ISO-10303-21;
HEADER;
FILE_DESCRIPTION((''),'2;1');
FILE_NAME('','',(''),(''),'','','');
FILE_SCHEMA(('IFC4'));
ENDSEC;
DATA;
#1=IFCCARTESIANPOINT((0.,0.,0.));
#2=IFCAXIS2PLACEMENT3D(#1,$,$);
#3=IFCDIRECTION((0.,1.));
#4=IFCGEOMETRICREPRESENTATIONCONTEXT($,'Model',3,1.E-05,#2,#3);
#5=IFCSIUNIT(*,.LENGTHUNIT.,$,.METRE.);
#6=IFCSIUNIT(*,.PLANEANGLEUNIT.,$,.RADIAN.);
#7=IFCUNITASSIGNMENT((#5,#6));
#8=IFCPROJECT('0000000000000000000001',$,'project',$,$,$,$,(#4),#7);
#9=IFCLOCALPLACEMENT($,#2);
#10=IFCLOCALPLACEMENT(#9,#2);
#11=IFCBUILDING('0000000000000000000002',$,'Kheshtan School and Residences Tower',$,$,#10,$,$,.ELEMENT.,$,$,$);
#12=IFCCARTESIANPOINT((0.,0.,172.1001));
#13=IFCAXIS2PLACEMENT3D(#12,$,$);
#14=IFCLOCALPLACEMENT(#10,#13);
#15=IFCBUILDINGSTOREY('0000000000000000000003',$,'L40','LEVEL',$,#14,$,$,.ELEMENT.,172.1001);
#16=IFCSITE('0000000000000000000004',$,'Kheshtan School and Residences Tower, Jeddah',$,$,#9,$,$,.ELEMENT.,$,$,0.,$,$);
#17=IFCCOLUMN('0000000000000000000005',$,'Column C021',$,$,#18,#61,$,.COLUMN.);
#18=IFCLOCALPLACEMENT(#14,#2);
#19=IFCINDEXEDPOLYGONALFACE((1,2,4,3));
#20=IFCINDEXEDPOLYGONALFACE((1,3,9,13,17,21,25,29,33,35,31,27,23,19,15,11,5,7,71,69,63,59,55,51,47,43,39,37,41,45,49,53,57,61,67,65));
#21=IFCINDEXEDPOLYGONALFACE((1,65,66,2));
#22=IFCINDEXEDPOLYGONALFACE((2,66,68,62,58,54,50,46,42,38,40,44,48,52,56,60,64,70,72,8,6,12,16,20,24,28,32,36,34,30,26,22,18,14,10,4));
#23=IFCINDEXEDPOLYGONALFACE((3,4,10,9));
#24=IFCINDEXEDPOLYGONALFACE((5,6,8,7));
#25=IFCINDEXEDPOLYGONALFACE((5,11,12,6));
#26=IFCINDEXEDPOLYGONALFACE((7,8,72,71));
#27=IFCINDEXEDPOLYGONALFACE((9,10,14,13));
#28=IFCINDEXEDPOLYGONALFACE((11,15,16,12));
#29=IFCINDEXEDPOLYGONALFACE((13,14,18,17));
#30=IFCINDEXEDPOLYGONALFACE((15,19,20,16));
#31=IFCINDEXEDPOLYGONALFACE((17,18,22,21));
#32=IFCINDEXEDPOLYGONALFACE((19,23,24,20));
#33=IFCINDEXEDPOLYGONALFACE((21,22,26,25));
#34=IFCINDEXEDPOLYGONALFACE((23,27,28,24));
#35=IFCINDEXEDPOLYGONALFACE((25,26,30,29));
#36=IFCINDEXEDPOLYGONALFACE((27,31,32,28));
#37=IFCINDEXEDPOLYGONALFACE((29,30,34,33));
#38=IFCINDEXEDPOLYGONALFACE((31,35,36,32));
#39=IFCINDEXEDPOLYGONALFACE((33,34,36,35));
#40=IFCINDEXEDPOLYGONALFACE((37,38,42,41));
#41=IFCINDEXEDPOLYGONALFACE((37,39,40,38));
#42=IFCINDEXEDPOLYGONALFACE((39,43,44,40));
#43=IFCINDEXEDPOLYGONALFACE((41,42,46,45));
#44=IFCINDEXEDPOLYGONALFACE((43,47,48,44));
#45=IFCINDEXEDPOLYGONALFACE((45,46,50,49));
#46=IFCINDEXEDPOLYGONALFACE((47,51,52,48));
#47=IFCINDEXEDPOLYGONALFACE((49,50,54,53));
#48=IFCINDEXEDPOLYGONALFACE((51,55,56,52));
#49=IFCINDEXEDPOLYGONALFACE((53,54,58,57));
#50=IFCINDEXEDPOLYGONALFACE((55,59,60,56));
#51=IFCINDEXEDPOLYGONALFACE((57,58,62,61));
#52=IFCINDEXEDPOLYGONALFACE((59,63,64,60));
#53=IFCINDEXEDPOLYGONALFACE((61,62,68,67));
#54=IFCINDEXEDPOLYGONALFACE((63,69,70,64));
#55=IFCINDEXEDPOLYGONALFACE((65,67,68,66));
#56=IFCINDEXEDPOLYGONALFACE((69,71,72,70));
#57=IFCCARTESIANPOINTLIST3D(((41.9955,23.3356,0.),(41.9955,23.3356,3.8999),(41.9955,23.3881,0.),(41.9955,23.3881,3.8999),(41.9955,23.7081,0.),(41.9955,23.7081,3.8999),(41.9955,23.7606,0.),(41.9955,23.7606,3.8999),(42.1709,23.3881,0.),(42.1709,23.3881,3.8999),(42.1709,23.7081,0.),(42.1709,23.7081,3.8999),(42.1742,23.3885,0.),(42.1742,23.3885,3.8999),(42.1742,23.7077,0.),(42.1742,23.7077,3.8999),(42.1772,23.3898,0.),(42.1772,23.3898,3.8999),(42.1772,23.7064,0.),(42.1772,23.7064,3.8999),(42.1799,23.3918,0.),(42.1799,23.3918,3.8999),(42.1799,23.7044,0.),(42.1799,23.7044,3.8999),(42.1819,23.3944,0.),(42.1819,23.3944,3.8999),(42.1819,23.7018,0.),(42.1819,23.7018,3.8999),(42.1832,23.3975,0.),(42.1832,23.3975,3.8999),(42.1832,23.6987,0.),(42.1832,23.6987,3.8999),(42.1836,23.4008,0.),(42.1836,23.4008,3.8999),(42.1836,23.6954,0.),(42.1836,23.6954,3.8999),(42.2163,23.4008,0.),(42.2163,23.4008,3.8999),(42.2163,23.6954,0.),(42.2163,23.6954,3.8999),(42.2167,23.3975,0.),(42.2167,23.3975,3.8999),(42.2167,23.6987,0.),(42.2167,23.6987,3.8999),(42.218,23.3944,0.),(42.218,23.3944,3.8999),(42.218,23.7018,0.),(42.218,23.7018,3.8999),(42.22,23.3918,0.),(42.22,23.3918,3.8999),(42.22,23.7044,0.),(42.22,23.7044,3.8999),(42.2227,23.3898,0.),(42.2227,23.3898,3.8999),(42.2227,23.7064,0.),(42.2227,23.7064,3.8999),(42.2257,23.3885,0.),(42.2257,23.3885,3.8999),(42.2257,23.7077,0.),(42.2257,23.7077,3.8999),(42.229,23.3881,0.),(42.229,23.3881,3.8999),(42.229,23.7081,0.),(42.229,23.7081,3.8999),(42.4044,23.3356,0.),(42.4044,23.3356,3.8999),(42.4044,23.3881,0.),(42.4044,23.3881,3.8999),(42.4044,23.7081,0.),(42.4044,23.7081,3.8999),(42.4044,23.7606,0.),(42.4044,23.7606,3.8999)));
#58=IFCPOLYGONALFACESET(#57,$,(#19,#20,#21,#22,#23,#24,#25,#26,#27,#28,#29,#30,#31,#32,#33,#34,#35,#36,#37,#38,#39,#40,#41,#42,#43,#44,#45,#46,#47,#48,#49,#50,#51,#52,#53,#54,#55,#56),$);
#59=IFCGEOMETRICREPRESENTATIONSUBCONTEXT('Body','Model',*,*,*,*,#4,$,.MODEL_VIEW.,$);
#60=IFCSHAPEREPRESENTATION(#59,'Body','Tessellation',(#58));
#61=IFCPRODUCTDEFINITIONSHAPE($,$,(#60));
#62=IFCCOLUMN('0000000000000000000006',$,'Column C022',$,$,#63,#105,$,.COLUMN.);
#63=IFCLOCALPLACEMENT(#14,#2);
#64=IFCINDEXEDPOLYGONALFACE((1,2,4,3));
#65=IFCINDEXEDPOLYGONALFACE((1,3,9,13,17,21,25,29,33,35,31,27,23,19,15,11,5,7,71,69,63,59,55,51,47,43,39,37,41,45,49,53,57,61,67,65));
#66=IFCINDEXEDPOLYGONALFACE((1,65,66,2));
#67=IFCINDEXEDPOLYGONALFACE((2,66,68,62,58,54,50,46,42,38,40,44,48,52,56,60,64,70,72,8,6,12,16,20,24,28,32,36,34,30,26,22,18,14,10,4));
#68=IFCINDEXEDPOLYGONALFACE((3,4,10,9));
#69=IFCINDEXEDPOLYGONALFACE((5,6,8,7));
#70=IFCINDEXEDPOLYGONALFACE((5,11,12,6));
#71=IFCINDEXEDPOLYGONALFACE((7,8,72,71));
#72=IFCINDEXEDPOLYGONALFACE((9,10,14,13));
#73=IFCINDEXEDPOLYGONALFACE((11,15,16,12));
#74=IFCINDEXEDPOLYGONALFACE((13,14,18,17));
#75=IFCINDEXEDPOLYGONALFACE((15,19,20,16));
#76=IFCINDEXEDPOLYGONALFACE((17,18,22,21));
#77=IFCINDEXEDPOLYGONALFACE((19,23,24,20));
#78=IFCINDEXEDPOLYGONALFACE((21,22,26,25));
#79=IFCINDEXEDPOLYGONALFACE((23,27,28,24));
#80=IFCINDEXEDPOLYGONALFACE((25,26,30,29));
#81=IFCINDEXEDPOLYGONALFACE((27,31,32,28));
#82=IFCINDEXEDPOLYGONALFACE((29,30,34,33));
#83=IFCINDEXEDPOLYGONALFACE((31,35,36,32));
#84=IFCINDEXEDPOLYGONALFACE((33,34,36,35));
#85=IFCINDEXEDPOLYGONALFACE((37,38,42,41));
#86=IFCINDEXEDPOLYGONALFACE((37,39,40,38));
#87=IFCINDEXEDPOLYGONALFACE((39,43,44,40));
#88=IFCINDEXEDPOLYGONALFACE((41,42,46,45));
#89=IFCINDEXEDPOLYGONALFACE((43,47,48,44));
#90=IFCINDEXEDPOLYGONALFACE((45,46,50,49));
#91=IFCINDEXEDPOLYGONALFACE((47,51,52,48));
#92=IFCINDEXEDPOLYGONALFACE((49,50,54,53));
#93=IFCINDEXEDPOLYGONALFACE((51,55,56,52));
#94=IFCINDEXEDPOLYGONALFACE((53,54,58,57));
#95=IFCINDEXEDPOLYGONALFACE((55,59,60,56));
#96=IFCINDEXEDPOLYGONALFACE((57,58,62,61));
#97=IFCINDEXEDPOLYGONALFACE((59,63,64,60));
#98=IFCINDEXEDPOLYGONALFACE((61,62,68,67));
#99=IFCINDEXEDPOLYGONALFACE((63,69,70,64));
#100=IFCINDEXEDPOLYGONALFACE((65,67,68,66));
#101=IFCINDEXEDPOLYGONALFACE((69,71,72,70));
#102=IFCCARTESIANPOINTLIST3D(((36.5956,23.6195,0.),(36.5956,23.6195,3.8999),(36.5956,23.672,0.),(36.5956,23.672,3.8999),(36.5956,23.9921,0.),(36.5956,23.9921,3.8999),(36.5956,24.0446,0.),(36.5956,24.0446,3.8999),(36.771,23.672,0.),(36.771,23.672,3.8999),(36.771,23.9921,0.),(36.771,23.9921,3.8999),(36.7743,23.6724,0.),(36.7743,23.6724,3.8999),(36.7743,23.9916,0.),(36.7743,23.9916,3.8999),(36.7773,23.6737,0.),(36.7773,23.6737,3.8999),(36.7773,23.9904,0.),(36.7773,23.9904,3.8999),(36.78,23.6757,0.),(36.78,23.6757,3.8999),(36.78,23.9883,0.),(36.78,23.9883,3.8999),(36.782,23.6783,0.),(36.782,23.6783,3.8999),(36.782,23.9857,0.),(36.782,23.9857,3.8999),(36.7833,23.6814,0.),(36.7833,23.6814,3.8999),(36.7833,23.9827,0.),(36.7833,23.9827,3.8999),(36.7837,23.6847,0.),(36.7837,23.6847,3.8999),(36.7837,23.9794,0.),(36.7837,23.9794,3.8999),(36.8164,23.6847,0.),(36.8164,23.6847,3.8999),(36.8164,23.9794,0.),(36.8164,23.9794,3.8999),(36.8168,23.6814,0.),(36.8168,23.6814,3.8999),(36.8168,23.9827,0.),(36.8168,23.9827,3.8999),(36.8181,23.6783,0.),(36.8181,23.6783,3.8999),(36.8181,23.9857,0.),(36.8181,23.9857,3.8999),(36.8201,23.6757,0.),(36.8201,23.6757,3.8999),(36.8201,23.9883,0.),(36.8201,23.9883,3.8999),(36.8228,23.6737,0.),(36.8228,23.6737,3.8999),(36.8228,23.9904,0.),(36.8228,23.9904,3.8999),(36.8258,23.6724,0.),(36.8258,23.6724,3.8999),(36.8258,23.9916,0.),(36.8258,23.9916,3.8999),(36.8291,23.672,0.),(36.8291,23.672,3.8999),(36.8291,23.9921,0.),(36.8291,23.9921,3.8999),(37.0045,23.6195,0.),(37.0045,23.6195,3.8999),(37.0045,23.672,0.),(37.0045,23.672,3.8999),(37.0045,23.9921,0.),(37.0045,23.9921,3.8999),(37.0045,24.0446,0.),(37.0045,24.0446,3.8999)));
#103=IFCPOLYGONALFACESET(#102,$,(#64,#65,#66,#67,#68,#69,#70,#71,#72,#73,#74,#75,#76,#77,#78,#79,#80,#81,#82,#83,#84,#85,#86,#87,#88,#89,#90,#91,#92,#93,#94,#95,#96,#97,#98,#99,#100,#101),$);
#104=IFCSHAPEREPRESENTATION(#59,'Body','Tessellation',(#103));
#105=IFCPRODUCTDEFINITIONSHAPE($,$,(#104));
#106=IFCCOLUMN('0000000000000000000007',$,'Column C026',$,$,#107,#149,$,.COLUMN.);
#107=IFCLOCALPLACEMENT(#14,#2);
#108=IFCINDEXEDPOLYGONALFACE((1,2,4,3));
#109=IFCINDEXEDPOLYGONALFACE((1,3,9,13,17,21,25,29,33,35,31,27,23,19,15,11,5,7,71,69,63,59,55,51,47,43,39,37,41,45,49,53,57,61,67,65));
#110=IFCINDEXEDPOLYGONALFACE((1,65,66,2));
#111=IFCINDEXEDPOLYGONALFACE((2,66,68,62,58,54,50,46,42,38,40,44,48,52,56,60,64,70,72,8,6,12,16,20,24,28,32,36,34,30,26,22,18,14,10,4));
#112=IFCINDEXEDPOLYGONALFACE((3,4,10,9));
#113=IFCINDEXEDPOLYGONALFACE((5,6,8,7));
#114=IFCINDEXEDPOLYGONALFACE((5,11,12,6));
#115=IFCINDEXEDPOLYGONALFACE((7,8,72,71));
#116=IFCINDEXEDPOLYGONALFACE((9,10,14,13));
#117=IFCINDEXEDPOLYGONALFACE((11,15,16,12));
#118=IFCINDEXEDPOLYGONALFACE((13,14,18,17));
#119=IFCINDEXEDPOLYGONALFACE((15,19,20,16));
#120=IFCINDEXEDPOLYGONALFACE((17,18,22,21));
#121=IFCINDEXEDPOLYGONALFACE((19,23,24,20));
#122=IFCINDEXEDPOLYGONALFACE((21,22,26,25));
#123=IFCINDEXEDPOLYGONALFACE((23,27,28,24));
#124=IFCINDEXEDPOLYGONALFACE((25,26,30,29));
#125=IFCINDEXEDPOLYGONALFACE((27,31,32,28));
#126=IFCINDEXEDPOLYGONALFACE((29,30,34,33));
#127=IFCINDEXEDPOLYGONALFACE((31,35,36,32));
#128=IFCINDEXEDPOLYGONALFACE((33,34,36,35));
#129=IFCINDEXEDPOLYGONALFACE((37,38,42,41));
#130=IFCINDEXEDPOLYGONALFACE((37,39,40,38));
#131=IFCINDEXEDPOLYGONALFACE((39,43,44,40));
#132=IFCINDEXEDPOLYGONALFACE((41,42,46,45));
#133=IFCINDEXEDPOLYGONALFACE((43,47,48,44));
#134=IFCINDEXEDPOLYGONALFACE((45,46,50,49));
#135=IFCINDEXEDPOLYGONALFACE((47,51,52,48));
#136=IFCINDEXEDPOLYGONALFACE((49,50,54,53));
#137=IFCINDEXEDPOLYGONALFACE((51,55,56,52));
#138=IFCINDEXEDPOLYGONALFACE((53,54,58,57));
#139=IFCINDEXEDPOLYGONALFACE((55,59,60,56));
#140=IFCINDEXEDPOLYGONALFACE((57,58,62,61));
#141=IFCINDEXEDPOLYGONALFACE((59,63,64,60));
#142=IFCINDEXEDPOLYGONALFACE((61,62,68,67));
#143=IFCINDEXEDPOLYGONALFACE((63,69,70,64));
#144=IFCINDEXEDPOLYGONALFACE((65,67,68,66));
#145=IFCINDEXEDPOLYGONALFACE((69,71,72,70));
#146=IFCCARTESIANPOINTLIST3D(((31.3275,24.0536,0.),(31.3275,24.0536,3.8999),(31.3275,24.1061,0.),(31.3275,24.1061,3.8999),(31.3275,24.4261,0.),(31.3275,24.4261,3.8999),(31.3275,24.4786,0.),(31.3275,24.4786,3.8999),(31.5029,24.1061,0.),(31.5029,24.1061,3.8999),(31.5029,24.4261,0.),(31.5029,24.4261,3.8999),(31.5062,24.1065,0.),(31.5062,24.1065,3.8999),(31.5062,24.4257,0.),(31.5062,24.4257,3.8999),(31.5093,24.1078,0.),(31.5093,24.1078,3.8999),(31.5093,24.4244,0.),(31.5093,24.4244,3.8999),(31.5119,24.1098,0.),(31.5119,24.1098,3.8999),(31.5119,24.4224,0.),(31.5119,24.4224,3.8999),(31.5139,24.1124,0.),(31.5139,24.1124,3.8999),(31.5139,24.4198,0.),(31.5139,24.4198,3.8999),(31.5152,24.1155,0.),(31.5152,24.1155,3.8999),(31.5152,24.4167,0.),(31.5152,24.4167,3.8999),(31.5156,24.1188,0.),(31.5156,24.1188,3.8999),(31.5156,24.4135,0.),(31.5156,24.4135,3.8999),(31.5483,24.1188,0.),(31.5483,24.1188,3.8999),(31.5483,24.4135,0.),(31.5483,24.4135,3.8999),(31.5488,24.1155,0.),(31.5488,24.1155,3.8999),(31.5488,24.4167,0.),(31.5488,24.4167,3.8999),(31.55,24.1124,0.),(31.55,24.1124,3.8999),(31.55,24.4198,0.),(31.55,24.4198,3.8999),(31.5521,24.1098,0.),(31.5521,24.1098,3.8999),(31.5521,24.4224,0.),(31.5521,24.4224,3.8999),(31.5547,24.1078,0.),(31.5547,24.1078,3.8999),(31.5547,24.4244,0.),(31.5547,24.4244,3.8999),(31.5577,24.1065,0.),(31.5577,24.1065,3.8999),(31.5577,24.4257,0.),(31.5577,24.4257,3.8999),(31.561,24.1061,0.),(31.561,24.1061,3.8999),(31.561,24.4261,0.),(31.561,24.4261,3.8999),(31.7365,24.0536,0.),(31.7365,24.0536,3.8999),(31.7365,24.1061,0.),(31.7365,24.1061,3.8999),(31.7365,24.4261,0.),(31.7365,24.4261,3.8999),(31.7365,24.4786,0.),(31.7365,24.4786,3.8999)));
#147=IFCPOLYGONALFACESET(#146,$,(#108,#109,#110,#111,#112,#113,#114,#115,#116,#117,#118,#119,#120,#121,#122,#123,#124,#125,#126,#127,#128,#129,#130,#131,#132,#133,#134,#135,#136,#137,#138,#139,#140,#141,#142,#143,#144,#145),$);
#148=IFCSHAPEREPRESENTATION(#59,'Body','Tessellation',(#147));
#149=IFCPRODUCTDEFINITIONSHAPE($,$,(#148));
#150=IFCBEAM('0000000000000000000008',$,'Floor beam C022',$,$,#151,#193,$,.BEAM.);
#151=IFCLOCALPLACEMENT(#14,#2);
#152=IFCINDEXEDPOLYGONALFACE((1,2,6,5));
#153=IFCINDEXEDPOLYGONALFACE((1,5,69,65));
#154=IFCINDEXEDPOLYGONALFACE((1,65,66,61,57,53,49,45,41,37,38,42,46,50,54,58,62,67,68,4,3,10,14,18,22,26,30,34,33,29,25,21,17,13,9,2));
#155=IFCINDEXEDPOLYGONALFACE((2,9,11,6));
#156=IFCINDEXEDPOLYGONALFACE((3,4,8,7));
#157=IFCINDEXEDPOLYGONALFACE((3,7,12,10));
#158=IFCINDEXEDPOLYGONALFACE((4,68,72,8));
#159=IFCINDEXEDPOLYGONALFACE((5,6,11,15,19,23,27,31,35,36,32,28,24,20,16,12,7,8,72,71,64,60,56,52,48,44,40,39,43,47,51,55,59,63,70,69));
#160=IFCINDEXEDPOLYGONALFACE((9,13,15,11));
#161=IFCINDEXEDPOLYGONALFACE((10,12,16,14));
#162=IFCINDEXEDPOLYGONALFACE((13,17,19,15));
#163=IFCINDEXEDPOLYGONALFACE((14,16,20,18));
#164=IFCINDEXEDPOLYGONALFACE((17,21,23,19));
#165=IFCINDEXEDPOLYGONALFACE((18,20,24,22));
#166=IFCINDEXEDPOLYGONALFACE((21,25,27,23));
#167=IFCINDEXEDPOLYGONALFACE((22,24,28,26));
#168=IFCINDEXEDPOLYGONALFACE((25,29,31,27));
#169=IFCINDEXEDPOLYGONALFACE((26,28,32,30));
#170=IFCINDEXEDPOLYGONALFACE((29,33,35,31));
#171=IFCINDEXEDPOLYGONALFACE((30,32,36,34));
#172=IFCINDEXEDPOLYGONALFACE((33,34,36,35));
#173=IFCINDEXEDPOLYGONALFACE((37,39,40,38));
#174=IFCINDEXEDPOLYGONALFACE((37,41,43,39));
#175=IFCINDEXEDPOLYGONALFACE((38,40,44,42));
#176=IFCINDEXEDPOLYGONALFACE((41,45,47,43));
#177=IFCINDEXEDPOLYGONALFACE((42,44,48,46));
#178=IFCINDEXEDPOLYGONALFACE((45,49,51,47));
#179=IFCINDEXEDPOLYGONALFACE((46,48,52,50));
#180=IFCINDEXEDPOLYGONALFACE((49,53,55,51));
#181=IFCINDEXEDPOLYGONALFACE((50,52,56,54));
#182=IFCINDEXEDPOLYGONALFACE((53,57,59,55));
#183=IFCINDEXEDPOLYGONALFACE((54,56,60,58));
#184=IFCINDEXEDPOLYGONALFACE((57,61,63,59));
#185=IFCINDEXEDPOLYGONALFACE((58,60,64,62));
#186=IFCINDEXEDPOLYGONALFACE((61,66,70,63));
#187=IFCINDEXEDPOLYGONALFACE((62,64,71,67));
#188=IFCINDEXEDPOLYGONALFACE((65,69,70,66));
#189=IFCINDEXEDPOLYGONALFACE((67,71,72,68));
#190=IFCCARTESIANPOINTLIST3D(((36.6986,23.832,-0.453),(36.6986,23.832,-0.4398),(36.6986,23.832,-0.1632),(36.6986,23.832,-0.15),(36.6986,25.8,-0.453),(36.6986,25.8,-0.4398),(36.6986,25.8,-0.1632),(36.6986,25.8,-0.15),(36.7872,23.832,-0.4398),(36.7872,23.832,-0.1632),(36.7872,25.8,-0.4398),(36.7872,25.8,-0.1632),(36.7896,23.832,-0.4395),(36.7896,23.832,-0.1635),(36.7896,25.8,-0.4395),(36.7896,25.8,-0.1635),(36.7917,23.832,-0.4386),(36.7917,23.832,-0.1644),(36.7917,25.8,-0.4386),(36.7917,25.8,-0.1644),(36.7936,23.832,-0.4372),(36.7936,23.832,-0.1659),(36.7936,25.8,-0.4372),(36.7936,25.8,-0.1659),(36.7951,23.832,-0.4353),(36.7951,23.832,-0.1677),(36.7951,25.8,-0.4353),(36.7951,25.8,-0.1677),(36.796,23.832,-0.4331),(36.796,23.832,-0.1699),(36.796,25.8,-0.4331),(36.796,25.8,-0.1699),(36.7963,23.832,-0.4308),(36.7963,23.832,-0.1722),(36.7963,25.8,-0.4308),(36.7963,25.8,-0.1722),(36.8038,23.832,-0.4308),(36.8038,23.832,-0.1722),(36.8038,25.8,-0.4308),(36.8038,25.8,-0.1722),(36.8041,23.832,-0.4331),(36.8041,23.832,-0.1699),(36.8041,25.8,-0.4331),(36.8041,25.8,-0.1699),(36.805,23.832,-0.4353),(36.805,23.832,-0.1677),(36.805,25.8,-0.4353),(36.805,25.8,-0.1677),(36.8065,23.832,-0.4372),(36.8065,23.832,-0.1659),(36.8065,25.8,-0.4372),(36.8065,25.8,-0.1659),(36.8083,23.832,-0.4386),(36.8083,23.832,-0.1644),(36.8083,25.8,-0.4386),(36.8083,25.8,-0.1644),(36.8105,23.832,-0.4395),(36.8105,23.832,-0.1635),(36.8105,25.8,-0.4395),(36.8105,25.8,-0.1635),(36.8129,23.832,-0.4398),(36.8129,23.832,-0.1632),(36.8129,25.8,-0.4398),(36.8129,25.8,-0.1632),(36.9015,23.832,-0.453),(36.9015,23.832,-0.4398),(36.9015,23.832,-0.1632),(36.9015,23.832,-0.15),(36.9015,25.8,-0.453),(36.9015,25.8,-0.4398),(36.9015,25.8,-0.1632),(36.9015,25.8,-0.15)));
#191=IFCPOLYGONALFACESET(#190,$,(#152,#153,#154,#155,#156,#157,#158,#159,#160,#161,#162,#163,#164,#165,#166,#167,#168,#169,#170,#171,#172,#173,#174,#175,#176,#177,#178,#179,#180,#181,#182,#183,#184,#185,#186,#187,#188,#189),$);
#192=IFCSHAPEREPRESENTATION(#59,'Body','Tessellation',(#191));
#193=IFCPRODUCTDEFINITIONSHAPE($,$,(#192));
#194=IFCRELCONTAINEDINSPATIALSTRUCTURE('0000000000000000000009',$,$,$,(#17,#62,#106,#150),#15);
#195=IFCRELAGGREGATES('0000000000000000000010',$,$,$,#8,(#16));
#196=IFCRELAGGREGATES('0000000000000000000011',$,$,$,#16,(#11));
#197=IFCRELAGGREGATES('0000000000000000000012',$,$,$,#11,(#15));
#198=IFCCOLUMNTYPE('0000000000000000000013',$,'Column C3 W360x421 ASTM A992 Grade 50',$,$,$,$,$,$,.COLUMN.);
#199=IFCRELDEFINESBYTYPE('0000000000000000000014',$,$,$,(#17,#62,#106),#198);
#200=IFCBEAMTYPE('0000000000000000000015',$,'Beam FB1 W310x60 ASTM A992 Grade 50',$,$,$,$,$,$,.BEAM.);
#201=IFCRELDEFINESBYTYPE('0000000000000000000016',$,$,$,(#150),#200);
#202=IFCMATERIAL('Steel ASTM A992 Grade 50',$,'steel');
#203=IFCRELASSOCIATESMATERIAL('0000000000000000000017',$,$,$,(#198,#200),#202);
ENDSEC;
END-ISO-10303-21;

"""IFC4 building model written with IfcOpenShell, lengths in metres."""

from ifc_helpers import new_model, si_unit, direction, frame, origin, origin_2d, place, context, subcontext, project, spatial, i_section, extrude, material, material_profile, profile_set, type_object, element, save


model = new_model("IFC4")

# Units and contexts
model_context = context("Model", 3, precision=1e-05, world=origin(), true_north=direction((0.0, 1.0)))
body_context = subcontext(model_context, "Body", "Model", "MODEL_VIEW")
ifc_project = project(units=[si_unit("LENGTHUNIT", "METRE"), si_unit("PLANEANGLEUNIT", "RADIAN")], contexts=[model_context])

# Site, building, storey
site_placement = place(None, origin())
site = spatial("IfcSite", under=ifc_project, at=site_placement, Name="Kheshtan School and Residences Tower, Jeddah", CompositionType="ELEMENT", RefElevation=0.0)
building_placement = place(site_placement, origin())
building = spatial("IfcBuilding", under=site, at=building_placement, Name="Kheshtan School and Residences Tower", CompositionType="ELEMENT")
storey_placement = place(building_placement, frame((0.0, 0.0, 172.1001)))
storey = spatial("IfcBuildingStorey", under=building, at=storey_placement, Name="L40", Description="LEVEL", CompositionType="ELEMENT", Elevation=172.1001)

# Columns
ifc_material_1 = material(Name="Steel ASTM A992 Grade 50", Category="steel")
ifc_material_profile_1 = material_profile(ifc_material_1, i_section(OverallWidth=0.4089, OverallDepth=0.425, WebThickness=0.0327, FlangeThickness=0.0525, FilletRadius=0.0127, at=origin_2d()), Name="W360x421")
ifc_profile_set_1 = profile_set([ifc_material_profile_1], Name="Steel ASTM A992 Grade 50")
column_type = type_object("IfcColumnType", Name="Column C3 W360x421 ASTM A992 Grade 50", PredefinedType="COLUMN", material=ifc_profile_set_1)
for number, where, z_axis, x_axis, name in (
    (1, (42.2, 23.5481, 0.0), (0.0, 0.0, 1.0), (1.0, 0.0, 0.0), "Column C021"),
    (2, (36.8, 23.832, 0.0), (0.0, 0.0, 1.0), (1.0, 0.0, 0.0), "Column C022"),
    (3, (31.532, 24.2661, 0.0), (0.0, 0.0, 1.0), (1.0, 0.0, 0.0), "Column C026"),
):
    element("IfcColumn", number, at=place(storey_placement, frame(where, z_axis=z_axis, x_axis=x_axis)), inside=storey, type_object=column_type, Name=name, PredefinedType="COLUMN", context=body_context, shape_type="SweptSolid", body=[
        extrude(i_section(OverallWidth=0.4089, OverallDepth=0.425, WebThickness=0.0327, FlangeThickness=0.0525, FilletRadius=0.0127, at=origin_2d()), origin(), (0.0, 0.0, 1.0), 3.8999),
    ])

# Beam
ifc_material_profile_2 = material_profile(ifc_material_1, i_section(OverallWidth=0.2029, OverallDepth=0.303, WebThickness=0.0076, FlangeThickness=0.0132, FilletRadius=0.009, at=origin_2d()), Name="W310x60")
ifc_profile_set_2 = profile_set([ifc_material_profile_2], Name="Steel ASTM A992 Grade 50")
beam_type_1 = type_object("IfcBeamType", Name="Beam FB1 W310x60 ASTM A992 Grade 50", PredefinedType="BEAM", material=ifc_profile_set_2)
beam_1_placement = place(storey_placement, frame((36.8, 23.832, -0.3015), z_axis=(0.0, 1.0, 0.0), x_axis=(-1.0, 0.0, 0.0)))
element("IfcBeam", 4, at=beam_1_placement, inside=storey, type_object=beam_type_1, Name="Floor beam C022", PredefinedType="BEAM", context=body_context, shape_type="SweptSolid", body=[
    extrude(i_section(OverallWidth=0.2029, OverallDepth=0.303, WebThickness=0.0076, FlangeThickness=0.0132, FilletRadius=0.009, at=origin_2d()), origin(), (0.0, 0.0, 1.0), 1.968),
])

save(model, "model.ifc")
